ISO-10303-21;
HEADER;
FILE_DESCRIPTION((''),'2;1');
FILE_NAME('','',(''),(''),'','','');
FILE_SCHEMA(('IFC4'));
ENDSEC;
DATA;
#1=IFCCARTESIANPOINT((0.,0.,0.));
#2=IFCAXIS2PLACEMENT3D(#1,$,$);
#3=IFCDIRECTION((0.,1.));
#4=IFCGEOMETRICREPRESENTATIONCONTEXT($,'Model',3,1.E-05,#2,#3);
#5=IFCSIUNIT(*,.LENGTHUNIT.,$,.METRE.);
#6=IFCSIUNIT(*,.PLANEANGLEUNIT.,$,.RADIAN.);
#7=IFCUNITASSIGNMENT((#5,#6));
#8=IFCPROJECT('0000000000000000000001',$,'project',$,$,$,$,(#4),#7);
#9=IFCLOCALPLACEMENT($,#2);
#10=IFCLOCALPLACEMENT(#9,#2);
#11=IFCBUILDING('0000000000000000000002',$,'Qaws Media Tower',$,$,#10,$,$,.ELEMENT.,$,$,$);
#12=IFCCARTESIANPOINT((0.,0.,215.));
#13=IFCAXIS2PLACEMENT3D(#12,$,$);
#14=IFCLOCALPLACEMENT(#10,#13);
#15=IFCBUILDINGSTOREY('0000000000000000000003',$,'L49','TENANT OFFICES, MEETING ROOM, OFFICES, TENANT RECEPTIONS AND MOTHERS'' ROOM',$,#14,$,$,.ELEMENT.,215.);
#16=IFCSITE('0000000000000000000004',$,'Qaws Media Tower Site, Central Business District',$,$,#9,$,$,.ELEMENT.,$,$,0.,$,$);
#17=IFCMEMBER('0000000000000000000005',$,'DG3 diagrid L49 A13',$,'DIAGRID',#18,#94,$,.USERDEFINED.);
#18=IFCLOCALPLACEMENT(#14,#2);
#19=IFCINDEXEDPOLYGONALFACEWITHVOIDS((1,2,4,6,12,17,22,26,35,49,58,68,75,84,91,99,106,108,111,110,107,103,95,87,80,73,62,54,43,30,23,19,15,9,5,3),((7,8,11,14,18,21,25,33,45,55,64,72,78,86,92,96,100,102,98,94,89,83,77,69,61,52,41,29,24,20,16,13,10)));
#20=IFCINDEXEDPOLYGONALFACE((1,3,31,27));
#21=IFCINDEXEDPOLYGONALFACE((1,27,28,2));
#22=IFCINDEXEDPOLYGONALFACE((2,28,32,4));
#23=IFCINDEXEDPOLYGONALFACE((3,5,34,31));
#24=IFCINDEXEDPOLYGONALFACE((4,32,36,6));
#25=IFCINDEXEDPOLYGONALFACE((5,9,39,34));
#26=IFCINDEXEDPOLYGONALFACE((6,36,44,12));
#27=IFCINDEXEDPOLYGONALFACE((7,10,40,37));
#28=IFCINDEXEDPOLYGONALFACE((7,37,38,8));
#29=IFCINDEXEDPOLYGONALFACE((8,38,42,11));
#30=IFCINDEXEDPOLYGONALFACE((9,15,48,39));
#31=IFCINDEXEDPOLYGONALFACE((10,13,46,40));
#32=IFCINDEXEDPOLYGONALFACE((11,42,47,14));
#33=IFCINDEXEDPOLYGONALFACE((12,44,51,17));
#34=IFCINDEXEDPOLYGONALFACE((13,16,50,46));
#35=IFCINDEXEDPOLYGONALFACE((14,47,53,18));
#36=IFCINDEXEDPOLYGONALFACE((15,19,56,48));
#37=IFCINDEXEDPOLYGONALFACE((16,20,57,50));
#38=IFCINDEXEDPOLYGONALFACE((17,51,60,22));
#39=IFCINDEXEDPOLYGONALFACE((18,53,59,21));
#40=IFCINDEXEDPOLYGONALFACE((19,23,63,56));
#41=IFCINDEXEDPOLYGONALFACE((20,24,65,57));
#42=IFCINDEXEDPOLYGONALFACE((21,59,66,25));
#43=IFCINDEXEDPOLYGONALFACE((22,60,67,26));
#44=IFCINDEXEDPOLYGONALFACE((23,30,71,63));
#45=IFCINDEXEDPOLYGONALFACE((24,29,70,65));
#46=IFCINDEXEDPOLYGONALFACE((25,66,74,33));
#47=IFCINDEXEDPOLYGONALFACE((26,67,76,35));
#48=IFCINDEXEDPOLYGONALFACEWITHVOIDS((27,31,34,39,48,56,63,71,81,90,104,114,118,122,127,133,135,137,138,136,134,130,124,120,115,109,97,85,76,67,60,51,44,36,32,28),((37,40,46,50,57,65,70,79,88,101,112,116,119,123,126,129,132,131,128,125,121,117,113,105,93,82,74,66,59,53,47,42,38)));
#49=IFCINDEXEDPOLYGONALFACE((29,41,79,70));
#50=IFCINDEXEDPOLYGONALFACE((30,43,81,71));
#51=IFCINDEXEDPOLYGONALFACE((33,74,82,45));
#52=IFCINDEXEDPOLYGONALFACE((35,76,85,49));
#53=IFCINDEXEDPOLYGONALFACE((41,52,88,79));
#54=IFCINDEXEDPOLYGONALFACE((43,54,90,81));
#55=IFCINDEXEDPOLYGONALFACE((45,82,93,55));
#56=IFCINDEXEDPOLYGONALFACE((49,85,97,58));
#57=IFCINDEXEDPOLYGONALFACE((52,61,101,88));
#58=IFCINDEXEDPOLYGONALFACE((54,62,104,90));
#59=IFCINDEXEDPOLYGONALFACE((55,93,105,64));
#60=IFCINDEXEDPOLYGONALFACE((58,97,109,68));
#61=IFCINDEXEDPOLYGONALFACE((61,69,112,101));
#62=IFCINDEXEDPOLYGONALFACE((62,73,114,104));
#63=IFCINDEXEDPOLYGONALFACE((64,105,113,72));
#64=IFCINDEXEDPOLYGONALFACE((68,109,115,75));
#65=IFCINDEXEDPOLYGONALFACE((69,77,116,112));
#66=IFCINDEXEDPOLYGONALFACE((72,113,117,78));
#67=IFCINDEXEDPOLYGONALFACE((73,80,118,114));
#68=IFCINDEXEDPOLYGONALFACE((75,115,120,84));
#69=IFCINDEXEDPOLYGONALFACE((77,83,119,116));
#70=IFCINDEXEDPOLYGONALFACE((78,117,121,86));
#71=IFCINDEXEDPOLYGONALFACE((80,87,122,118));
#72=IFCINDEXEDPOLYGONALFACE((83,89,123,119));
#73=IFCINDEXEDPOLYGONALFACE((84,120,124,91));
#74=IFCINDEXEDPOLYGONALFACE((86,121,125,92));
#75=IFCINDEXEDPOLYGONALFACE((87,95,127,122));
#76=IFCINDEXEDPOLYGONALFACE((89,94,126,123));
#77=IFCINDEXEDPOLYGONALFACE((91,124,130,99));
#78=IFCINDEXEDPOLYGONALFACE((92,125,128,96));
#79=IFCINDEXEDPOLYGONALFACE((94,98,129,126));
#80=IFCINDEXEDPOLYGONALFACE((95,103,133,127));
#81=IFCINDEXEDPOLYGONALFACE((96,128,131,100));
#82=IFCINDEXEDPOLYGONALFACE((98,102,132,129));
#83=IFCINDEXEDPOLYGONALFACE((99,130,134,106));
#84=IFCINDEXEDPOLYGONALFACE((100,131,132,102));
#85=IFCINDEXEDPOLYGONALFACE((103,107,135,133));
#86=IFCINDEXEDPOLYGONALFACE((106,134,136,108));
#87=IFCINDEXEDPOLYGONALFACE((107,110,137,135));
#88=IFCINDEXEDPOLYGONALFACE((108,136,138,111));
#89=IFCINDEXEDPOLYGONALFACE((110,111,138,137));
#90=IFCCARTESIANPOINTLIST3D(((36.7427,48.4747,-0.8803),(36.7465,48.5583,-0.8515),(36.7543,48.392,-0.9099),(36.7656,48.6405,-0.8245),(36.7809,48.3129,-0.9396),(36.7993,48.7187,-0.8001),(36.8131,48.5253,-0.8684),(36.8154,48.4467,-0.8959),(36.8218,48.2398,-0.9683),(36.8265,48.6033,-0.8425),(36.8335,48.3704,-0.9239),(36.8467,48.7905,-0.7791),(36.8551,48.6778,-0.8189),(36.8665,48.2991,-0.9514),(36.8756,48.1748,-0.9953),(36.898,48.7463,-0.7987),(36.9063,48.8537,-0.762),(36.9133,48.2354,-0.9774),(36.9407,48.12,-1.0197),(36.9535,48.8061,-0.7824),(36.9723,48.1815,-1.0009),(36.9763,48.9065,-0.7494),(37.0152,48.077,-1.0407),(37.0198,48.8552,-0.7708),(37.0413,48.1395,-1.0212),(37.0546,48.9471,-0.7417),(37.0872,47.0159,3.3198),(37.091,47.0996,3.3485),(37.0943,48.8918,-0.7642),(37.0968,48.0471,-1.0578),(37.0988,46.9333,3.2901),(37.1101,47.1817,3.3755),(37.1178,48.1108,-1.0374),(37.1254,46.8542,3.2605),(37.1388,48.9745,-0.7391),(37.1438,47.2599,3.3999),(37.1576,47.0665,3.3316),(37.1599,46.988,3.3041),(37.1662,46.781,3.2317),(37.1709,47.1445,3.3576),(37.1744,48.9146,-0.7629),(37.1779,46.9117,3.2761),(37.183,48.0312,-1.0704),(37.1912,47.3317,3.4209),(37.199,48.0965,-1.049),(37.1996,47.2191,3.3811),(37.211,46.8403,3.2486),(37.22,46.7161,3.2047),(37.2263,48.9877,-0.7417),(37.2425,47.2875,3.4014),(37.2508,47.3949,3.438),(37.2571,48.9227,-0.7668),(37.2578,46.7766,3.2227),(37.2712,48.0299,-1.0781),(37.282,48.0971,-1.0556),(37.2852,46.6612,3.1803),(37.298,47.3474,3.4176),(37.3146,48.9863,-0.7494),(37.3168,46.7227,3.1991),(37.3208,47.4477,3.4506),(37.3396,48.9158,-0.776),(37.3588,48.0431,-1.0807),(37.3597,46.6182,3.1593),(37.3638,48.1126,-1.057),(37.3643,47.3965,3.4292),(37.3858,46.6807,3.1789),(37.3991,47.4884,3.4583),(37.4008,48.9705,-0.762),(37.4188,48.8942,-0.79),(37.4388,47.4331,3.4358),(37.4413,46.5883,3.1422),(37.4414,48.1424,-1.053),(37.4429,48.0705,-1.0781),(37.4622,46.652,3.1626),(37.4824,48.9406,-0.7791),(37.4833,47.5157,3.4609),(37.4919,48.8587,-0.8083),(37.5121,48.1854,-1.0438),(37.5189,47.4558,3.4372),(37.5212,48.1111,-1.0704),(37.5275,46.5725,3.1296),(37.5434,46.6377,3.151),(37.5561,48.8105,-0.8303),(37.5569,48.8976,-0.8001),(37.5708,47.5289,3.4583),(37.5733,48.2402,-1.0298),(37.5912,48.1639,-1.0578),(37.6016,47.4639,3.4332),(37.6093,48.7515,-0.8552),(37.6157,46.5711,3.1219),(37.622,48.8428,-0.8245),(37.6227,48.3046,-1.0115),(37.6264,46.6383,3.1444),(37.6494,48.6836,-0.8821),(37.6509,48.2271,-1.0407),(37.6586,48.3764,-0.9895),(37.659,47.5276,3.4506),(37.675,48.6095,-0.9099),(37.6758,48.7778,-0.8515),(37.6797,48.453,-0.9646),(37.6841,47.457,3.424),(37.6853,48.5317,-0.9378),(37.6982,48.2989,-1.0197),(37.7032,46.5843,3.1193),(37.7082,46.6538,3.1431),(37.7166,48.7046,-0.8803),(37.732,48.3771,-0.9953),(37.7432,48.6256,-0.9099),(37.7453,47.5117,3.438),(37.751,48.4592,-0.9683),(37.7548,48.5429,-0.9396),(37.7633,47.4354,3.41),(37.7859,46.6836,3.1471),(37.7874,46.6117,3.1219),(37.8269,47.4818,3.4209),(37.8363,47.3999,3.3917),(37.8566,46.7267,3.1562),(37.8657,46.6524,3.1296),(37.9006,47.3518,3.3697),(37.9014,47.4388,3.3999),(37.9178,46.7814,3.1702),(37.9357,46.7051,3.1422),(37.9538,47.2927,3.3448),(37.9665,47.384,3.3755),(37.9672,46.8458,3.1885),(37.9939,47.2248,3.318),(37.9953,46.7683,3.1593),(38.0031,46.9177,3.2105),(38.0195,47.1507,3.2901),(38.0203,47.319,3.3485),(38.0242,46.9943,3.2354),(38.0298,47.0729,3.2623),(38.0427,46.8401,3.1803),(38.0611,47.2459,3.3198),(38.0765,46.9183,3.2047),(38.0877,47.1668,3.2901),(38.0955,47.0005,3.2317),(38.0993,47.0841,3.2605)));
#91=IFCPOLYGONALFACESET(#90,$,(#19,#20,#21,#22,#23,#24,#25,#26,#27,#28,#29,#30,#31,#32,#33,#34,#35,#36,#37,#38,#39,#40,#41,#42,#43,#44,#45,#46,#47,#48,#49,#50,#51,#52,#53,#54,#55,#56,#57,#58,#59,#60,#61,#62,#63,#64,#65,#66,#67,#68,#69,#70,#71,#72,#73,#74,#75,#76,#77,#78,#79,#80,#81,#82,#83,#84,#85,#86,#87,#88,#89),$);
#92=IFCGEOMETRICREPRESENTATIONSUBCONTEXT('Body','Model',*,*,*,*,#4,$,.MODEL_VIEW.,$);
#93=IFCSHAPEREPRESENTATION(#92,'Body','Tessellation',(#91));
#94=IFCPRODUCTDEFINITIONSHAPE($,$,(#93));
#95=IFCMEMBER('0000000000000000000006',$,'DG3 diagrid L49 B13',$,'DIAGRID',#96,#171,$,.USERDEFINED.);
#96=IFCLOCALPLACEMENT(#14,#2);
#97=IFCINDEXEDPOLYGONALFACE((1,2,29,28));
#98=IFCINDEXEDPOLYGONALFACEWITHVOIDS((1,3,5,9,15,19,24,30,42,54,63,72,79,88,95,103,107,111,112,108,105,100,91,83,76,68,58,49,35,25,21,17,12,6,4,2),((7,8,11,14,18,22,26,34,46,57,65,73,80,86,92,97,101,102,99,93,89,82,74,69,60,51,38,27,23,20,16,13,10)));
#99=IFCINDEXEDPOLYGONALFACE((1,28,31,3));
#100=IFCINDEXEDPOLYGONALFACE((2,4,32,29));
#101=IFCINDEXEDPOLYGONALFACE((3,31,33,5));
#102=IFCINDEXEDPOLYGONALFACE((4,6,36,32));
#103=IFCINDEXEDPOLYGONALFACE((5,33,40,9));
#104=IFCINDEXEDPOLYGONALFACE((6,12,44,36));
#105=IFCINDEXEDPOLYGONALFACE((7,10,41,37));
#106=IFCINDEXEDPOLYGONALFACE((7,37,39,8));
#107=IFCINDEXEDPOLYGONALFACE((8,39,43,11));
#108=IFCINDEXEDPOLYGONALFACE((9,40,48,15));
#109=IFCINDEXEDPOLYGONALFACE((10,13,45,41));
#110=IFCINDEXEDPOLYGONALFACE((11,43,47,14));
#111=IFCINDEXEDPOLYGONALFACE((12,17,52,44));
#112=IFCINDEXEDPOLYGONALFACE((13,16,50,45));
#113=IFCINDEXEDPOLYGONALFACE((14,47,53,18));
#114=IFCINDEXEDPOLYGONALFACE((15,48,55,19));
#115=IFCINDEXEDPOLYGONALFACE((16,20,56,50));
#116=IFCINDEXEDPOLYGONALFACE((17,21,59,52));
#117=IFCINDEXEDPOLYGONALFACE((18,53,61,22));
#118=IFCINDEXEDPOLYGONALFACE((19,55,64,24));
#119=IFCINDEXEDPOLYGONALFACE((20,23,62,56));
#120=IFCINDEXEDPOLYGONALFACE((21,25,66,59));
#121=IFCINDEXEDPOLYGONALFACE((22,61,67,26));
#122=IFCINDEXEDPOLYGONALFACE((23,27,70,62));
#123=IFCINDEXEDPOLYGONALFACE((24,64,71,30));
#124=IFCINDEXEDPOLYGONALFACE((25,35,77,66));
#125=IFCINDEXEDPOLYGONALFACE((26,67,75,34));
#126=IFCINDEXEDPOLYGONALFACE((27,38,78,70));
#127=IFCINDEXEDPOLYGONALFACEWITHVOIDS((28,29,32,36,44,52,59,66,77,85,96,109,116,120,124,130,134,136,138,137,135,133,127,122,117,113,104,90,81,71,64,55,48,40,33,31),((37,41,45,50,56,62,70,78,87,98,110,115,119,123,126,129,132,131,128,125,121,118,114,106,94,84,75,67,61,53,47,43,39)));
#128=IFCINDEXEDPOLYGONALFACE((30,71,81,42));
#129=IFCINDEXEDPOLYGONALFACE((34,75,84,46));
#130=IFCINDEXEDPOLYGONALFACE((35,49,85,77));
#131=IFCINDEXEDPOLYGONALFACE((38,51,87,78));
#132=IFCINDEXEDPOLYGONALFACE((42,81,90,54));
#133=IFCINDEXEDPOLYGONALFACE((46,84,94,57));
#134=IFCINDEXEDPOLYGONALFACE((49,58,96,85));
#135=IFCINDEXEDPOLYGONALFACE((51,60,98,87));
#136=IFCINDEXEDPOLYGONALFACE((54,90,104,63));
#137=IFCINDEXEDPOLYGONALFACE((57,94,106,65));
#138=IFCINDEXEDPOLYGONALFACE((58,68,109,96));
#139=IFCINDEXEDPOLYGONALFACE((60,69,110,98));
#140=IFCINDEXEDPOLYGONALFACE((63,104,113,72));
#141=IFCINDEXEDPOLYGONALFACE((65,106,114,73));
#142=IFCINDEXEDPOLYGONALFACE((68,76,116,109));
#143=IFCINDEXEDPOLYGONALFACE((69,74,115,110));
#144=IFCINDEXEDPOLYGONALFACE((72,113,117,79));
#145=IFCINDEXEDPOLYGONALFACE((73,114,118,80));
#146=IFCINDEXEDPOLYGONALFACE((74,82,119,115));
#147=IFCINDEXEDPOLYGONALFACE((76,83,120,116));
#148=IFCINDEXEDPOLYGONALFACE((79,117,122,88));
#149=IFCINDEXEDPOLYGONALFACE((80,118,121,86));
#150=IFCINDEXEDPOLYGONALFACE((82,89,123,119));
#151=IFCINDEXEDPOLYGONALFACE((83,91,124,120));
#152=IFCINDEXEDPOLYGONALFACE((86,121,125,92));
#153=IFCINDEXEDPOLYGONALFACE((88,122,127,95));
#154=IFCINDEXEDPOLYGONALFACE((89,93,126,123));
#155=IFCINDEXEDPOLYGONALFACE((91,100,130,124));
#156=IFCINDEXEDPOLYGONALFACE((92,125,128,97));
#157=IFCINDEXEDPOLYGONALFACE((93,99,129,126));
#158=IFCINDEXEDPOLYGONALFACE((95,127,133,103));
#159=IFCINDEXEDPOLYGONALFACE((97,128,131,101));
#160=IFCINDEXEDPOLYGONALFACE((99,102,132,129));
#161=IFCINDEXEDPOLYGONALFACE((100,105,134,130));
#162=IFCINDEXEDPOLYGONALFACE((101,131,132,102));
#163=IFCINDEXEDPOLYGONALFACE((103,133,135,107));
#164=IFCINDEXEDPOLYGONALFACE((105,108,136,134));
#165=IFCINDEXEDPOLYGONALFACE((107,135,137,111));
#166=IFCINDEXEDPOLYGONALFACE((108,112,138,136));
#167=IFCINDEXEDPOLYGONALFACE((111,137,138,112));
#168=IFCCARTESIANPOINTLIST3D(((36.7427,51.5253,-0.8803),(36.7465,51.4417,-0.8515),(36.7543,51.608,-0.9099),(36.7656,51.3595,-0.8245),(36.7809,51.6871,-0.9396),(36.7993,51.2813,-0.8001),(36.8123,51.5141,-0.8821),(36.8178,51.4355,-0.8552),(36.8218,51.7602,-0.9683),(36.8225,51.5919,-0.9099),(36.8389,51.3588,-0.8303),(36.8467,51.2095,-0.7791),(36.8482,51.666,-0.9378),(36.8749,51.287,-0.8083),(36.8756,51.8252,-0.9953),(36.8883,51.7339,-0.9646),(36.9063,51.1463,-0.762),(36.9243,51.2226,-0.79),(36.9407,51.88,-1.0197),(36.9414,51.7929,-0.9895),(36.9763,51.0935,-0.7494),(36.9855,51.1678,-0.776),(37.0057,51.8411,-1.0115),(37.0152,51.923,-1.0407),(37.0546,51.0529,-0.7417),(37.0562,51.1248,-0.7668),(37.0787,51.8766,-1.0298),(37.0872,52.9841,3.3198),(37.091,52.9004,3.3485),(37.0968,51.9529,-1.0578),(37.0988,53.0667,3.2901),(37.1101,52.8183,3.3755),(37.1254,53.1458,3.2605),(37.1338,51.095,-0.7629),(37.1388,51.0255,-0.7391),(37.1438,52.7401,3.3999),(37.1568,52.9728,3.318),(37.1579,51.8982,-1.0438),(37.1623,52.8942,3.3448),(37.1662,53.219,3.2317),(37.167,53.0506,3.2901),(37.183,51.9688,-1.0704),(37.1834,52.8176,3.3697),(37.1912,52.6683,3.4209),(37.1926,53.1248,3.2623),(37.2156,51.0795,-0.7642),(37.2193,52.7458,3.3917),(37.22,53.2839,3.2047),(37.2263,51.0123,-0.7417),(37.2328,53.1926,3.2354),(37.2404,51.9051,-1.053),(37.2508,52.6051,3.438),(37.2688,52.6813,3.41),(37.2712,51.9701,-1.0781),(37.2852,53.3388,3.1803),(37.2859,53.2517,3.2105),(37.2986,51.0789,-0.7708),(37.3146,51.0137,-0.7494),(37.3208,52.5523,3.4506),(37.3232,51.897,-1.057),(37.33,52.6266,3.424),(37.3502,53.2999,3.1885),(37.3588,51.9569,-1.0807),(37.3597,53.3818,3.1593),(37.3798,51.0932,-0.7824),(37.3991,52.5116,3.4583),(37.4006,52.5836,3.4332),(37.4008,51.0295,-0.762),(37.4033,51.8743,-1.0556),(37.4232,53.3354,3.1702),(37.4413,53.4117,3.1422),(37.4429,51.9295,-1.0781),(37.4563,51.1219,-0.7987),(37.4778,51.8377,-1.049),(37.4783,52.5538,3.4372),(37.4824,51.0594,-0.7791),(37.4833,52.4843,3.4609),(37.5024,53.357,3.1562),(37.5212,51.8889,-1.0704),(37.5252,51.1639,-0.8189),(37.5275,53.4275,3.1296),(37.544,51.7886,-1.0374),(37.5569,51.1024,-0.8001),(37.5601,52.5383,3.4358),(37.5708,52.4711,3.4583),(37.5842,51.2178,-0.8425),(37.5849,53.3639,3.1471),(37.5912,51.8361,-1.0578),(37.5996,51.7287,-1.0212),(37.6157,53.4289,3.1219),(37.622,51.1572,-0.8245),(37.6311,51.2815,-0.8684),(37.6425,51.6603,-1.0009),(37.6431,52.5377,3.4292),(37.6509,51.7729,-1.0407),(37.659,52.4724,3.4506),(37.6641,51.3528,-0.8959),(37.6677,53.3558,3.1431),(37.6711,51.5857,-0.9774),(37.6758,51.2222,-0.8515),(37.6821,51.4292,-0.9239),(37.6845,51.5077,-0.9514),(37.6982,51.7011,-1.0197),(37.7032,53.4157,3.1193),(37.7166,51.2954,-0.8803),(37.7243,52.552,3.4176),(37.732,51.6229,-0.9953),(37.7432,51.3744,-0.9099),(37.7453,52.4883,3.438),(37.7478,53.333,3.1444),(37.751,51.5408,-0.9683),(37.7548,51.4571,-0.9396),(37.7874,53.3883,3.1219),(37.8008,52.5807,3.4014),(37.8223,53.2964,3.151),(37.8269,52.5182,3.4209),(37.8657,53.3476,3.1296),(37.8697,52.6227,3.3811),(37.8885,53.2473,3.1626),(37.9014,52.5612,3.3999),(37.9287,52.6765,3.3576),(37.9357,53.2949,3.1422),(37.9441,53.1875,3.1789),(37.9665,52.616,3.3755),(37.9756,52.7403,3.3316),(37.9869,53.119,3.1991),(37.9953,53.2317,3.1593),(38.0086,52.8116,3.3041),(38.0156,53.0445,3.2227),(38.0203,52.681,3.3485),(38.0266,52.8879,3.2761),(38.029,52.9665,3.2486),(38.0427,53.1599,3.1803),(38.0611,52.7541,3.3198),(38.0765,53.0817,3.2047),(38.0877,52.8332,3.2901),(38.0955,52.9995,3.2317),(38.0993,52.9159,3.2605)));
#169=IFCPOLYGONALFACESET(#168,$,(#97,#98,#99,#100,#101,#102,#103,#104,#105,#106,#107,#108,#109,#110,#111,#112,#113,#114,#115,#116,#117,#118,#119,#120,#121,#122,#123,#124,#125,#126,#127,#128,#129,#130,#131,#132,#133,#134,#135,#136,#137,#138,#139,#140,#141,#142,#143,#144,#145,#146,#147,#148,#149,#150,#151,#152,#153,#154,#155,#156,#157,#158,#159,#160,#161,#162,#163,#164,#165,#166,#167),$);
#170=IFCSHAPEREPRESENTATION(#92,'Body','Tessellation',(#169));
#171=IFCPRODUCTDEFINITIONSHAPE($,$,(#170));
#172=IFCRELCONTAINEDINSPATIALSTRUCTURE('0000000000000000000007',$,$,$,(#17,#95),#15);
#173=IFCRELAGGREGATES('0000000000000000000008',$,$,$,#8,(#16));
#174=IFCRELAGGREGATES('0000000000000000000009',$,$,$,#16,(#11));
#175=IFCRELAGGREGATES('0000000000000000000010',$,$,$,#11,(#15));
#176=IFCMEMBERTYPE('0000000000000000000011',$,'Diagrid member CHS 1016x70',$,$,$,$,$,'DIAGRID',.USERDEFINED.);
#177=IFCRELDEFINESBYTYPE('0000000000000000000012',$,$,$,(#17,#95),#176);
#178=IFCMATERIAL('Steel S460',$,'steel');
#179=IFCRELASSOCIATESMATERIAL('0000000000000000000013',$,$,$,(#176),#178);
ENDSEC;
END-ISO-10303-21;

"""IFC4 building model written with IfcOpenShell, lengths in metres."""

from ifc_helpers import new_model, si_unit, direction, frame, origin, origin_2d, place, context, subcontext, project, spatial, hollow_circle, extrude, material, material_profile, profile_set, type_object, element, save


model = new_model("IFC4")

# Units and contexts
model_context = context("Model", 3, precision=1e-05, world=origin(), true_north=direction((0.0, 1.0)))
body_context = subcontext(model_context, "Body", "Model", "MODEL_VIEW")
ifc_project = project(units=[si_unit("LENGTHUNIT", "METRE"), si_unit("PLANEANGLEUNIT", "RADIAN")], contexts=[model_context])

# Site, building, storey
site_placement = place(None, origin())
site = spatial("IfcSite", under=ifc_project, at=site_placement, Name="Qaws Media Tower Site, Central Business District", CompositionType="ELEMENT", RefElevation=0.0)
building_placement = place(site_placement, origin())
building = spatial("IfcBuilding", under=site, at=building_placement, Name="Qaws Media Tower", CompositionType="ELEMENT")
storey_placement = place(building_placement, frame((0.0, 0.0, 215.0)))
storey = spatial("IfcBuildingStorey", under=building, at=storey_placement, Name="L49", Description="TENANT OFFICES, MEETING ROOM, OFFICES, TENANT RECEPTIONS AND MOTHERS' ROOM", CompositionType="ELEMENT", Elevation=215.0)

# Members
ifc_material_1 = material(Name="Steel S460", Category="steel")
ifc_material_profile_1 = material_profile(ifc_material_1, hollow_circle(Radius=0.5081, WallThickness=0.0701, at=origin_2d()), Name="CHS 1016x70")
ifc_profile_set_1 = profile_set([ifc_material_profile_1], Name="Steel S460")
member_type_1 = type_object("IfcMemberType", Name="Diagrid member CHS 1016x70", ElementType="DIAGRID", PredefinedType="USERDEFINED", material=ifc_profile_set_1)
for number, where, z_axis, x_axis, name in (
    (1, (37.2488, 48.5088, -0.9099), (0.077249, -0.327116, 0.941821), (0.973231, 0.229829, 0.0), "DG3 diagrid L49 A13"),
    (2, (37.2488, 51.4912, -0.9099), (0.077249, 0.327116, 0.941821), (-0.973231, 0.229829, 0.0), "DG3 diagrid L49 B13"),
):
    element("IfcMember", number, at=place(storey_placement, frame(where, z_axis=z_axis, x_axis=x_axis)), inside=storey, type_object=member_type_1, Name=name, ObjectType="DIAGRID", PredefinedType="USERDEFINED", context=body_context, shape_type="SweptSolid", body=[
        extrude(hollow_circle(Radius=0.5081, WallThickness=0.0701, at=origin_2d()), origin(), (0.0, 0.0, 1.0), 4.4595),
    ])

save(model, "model.ifc")
